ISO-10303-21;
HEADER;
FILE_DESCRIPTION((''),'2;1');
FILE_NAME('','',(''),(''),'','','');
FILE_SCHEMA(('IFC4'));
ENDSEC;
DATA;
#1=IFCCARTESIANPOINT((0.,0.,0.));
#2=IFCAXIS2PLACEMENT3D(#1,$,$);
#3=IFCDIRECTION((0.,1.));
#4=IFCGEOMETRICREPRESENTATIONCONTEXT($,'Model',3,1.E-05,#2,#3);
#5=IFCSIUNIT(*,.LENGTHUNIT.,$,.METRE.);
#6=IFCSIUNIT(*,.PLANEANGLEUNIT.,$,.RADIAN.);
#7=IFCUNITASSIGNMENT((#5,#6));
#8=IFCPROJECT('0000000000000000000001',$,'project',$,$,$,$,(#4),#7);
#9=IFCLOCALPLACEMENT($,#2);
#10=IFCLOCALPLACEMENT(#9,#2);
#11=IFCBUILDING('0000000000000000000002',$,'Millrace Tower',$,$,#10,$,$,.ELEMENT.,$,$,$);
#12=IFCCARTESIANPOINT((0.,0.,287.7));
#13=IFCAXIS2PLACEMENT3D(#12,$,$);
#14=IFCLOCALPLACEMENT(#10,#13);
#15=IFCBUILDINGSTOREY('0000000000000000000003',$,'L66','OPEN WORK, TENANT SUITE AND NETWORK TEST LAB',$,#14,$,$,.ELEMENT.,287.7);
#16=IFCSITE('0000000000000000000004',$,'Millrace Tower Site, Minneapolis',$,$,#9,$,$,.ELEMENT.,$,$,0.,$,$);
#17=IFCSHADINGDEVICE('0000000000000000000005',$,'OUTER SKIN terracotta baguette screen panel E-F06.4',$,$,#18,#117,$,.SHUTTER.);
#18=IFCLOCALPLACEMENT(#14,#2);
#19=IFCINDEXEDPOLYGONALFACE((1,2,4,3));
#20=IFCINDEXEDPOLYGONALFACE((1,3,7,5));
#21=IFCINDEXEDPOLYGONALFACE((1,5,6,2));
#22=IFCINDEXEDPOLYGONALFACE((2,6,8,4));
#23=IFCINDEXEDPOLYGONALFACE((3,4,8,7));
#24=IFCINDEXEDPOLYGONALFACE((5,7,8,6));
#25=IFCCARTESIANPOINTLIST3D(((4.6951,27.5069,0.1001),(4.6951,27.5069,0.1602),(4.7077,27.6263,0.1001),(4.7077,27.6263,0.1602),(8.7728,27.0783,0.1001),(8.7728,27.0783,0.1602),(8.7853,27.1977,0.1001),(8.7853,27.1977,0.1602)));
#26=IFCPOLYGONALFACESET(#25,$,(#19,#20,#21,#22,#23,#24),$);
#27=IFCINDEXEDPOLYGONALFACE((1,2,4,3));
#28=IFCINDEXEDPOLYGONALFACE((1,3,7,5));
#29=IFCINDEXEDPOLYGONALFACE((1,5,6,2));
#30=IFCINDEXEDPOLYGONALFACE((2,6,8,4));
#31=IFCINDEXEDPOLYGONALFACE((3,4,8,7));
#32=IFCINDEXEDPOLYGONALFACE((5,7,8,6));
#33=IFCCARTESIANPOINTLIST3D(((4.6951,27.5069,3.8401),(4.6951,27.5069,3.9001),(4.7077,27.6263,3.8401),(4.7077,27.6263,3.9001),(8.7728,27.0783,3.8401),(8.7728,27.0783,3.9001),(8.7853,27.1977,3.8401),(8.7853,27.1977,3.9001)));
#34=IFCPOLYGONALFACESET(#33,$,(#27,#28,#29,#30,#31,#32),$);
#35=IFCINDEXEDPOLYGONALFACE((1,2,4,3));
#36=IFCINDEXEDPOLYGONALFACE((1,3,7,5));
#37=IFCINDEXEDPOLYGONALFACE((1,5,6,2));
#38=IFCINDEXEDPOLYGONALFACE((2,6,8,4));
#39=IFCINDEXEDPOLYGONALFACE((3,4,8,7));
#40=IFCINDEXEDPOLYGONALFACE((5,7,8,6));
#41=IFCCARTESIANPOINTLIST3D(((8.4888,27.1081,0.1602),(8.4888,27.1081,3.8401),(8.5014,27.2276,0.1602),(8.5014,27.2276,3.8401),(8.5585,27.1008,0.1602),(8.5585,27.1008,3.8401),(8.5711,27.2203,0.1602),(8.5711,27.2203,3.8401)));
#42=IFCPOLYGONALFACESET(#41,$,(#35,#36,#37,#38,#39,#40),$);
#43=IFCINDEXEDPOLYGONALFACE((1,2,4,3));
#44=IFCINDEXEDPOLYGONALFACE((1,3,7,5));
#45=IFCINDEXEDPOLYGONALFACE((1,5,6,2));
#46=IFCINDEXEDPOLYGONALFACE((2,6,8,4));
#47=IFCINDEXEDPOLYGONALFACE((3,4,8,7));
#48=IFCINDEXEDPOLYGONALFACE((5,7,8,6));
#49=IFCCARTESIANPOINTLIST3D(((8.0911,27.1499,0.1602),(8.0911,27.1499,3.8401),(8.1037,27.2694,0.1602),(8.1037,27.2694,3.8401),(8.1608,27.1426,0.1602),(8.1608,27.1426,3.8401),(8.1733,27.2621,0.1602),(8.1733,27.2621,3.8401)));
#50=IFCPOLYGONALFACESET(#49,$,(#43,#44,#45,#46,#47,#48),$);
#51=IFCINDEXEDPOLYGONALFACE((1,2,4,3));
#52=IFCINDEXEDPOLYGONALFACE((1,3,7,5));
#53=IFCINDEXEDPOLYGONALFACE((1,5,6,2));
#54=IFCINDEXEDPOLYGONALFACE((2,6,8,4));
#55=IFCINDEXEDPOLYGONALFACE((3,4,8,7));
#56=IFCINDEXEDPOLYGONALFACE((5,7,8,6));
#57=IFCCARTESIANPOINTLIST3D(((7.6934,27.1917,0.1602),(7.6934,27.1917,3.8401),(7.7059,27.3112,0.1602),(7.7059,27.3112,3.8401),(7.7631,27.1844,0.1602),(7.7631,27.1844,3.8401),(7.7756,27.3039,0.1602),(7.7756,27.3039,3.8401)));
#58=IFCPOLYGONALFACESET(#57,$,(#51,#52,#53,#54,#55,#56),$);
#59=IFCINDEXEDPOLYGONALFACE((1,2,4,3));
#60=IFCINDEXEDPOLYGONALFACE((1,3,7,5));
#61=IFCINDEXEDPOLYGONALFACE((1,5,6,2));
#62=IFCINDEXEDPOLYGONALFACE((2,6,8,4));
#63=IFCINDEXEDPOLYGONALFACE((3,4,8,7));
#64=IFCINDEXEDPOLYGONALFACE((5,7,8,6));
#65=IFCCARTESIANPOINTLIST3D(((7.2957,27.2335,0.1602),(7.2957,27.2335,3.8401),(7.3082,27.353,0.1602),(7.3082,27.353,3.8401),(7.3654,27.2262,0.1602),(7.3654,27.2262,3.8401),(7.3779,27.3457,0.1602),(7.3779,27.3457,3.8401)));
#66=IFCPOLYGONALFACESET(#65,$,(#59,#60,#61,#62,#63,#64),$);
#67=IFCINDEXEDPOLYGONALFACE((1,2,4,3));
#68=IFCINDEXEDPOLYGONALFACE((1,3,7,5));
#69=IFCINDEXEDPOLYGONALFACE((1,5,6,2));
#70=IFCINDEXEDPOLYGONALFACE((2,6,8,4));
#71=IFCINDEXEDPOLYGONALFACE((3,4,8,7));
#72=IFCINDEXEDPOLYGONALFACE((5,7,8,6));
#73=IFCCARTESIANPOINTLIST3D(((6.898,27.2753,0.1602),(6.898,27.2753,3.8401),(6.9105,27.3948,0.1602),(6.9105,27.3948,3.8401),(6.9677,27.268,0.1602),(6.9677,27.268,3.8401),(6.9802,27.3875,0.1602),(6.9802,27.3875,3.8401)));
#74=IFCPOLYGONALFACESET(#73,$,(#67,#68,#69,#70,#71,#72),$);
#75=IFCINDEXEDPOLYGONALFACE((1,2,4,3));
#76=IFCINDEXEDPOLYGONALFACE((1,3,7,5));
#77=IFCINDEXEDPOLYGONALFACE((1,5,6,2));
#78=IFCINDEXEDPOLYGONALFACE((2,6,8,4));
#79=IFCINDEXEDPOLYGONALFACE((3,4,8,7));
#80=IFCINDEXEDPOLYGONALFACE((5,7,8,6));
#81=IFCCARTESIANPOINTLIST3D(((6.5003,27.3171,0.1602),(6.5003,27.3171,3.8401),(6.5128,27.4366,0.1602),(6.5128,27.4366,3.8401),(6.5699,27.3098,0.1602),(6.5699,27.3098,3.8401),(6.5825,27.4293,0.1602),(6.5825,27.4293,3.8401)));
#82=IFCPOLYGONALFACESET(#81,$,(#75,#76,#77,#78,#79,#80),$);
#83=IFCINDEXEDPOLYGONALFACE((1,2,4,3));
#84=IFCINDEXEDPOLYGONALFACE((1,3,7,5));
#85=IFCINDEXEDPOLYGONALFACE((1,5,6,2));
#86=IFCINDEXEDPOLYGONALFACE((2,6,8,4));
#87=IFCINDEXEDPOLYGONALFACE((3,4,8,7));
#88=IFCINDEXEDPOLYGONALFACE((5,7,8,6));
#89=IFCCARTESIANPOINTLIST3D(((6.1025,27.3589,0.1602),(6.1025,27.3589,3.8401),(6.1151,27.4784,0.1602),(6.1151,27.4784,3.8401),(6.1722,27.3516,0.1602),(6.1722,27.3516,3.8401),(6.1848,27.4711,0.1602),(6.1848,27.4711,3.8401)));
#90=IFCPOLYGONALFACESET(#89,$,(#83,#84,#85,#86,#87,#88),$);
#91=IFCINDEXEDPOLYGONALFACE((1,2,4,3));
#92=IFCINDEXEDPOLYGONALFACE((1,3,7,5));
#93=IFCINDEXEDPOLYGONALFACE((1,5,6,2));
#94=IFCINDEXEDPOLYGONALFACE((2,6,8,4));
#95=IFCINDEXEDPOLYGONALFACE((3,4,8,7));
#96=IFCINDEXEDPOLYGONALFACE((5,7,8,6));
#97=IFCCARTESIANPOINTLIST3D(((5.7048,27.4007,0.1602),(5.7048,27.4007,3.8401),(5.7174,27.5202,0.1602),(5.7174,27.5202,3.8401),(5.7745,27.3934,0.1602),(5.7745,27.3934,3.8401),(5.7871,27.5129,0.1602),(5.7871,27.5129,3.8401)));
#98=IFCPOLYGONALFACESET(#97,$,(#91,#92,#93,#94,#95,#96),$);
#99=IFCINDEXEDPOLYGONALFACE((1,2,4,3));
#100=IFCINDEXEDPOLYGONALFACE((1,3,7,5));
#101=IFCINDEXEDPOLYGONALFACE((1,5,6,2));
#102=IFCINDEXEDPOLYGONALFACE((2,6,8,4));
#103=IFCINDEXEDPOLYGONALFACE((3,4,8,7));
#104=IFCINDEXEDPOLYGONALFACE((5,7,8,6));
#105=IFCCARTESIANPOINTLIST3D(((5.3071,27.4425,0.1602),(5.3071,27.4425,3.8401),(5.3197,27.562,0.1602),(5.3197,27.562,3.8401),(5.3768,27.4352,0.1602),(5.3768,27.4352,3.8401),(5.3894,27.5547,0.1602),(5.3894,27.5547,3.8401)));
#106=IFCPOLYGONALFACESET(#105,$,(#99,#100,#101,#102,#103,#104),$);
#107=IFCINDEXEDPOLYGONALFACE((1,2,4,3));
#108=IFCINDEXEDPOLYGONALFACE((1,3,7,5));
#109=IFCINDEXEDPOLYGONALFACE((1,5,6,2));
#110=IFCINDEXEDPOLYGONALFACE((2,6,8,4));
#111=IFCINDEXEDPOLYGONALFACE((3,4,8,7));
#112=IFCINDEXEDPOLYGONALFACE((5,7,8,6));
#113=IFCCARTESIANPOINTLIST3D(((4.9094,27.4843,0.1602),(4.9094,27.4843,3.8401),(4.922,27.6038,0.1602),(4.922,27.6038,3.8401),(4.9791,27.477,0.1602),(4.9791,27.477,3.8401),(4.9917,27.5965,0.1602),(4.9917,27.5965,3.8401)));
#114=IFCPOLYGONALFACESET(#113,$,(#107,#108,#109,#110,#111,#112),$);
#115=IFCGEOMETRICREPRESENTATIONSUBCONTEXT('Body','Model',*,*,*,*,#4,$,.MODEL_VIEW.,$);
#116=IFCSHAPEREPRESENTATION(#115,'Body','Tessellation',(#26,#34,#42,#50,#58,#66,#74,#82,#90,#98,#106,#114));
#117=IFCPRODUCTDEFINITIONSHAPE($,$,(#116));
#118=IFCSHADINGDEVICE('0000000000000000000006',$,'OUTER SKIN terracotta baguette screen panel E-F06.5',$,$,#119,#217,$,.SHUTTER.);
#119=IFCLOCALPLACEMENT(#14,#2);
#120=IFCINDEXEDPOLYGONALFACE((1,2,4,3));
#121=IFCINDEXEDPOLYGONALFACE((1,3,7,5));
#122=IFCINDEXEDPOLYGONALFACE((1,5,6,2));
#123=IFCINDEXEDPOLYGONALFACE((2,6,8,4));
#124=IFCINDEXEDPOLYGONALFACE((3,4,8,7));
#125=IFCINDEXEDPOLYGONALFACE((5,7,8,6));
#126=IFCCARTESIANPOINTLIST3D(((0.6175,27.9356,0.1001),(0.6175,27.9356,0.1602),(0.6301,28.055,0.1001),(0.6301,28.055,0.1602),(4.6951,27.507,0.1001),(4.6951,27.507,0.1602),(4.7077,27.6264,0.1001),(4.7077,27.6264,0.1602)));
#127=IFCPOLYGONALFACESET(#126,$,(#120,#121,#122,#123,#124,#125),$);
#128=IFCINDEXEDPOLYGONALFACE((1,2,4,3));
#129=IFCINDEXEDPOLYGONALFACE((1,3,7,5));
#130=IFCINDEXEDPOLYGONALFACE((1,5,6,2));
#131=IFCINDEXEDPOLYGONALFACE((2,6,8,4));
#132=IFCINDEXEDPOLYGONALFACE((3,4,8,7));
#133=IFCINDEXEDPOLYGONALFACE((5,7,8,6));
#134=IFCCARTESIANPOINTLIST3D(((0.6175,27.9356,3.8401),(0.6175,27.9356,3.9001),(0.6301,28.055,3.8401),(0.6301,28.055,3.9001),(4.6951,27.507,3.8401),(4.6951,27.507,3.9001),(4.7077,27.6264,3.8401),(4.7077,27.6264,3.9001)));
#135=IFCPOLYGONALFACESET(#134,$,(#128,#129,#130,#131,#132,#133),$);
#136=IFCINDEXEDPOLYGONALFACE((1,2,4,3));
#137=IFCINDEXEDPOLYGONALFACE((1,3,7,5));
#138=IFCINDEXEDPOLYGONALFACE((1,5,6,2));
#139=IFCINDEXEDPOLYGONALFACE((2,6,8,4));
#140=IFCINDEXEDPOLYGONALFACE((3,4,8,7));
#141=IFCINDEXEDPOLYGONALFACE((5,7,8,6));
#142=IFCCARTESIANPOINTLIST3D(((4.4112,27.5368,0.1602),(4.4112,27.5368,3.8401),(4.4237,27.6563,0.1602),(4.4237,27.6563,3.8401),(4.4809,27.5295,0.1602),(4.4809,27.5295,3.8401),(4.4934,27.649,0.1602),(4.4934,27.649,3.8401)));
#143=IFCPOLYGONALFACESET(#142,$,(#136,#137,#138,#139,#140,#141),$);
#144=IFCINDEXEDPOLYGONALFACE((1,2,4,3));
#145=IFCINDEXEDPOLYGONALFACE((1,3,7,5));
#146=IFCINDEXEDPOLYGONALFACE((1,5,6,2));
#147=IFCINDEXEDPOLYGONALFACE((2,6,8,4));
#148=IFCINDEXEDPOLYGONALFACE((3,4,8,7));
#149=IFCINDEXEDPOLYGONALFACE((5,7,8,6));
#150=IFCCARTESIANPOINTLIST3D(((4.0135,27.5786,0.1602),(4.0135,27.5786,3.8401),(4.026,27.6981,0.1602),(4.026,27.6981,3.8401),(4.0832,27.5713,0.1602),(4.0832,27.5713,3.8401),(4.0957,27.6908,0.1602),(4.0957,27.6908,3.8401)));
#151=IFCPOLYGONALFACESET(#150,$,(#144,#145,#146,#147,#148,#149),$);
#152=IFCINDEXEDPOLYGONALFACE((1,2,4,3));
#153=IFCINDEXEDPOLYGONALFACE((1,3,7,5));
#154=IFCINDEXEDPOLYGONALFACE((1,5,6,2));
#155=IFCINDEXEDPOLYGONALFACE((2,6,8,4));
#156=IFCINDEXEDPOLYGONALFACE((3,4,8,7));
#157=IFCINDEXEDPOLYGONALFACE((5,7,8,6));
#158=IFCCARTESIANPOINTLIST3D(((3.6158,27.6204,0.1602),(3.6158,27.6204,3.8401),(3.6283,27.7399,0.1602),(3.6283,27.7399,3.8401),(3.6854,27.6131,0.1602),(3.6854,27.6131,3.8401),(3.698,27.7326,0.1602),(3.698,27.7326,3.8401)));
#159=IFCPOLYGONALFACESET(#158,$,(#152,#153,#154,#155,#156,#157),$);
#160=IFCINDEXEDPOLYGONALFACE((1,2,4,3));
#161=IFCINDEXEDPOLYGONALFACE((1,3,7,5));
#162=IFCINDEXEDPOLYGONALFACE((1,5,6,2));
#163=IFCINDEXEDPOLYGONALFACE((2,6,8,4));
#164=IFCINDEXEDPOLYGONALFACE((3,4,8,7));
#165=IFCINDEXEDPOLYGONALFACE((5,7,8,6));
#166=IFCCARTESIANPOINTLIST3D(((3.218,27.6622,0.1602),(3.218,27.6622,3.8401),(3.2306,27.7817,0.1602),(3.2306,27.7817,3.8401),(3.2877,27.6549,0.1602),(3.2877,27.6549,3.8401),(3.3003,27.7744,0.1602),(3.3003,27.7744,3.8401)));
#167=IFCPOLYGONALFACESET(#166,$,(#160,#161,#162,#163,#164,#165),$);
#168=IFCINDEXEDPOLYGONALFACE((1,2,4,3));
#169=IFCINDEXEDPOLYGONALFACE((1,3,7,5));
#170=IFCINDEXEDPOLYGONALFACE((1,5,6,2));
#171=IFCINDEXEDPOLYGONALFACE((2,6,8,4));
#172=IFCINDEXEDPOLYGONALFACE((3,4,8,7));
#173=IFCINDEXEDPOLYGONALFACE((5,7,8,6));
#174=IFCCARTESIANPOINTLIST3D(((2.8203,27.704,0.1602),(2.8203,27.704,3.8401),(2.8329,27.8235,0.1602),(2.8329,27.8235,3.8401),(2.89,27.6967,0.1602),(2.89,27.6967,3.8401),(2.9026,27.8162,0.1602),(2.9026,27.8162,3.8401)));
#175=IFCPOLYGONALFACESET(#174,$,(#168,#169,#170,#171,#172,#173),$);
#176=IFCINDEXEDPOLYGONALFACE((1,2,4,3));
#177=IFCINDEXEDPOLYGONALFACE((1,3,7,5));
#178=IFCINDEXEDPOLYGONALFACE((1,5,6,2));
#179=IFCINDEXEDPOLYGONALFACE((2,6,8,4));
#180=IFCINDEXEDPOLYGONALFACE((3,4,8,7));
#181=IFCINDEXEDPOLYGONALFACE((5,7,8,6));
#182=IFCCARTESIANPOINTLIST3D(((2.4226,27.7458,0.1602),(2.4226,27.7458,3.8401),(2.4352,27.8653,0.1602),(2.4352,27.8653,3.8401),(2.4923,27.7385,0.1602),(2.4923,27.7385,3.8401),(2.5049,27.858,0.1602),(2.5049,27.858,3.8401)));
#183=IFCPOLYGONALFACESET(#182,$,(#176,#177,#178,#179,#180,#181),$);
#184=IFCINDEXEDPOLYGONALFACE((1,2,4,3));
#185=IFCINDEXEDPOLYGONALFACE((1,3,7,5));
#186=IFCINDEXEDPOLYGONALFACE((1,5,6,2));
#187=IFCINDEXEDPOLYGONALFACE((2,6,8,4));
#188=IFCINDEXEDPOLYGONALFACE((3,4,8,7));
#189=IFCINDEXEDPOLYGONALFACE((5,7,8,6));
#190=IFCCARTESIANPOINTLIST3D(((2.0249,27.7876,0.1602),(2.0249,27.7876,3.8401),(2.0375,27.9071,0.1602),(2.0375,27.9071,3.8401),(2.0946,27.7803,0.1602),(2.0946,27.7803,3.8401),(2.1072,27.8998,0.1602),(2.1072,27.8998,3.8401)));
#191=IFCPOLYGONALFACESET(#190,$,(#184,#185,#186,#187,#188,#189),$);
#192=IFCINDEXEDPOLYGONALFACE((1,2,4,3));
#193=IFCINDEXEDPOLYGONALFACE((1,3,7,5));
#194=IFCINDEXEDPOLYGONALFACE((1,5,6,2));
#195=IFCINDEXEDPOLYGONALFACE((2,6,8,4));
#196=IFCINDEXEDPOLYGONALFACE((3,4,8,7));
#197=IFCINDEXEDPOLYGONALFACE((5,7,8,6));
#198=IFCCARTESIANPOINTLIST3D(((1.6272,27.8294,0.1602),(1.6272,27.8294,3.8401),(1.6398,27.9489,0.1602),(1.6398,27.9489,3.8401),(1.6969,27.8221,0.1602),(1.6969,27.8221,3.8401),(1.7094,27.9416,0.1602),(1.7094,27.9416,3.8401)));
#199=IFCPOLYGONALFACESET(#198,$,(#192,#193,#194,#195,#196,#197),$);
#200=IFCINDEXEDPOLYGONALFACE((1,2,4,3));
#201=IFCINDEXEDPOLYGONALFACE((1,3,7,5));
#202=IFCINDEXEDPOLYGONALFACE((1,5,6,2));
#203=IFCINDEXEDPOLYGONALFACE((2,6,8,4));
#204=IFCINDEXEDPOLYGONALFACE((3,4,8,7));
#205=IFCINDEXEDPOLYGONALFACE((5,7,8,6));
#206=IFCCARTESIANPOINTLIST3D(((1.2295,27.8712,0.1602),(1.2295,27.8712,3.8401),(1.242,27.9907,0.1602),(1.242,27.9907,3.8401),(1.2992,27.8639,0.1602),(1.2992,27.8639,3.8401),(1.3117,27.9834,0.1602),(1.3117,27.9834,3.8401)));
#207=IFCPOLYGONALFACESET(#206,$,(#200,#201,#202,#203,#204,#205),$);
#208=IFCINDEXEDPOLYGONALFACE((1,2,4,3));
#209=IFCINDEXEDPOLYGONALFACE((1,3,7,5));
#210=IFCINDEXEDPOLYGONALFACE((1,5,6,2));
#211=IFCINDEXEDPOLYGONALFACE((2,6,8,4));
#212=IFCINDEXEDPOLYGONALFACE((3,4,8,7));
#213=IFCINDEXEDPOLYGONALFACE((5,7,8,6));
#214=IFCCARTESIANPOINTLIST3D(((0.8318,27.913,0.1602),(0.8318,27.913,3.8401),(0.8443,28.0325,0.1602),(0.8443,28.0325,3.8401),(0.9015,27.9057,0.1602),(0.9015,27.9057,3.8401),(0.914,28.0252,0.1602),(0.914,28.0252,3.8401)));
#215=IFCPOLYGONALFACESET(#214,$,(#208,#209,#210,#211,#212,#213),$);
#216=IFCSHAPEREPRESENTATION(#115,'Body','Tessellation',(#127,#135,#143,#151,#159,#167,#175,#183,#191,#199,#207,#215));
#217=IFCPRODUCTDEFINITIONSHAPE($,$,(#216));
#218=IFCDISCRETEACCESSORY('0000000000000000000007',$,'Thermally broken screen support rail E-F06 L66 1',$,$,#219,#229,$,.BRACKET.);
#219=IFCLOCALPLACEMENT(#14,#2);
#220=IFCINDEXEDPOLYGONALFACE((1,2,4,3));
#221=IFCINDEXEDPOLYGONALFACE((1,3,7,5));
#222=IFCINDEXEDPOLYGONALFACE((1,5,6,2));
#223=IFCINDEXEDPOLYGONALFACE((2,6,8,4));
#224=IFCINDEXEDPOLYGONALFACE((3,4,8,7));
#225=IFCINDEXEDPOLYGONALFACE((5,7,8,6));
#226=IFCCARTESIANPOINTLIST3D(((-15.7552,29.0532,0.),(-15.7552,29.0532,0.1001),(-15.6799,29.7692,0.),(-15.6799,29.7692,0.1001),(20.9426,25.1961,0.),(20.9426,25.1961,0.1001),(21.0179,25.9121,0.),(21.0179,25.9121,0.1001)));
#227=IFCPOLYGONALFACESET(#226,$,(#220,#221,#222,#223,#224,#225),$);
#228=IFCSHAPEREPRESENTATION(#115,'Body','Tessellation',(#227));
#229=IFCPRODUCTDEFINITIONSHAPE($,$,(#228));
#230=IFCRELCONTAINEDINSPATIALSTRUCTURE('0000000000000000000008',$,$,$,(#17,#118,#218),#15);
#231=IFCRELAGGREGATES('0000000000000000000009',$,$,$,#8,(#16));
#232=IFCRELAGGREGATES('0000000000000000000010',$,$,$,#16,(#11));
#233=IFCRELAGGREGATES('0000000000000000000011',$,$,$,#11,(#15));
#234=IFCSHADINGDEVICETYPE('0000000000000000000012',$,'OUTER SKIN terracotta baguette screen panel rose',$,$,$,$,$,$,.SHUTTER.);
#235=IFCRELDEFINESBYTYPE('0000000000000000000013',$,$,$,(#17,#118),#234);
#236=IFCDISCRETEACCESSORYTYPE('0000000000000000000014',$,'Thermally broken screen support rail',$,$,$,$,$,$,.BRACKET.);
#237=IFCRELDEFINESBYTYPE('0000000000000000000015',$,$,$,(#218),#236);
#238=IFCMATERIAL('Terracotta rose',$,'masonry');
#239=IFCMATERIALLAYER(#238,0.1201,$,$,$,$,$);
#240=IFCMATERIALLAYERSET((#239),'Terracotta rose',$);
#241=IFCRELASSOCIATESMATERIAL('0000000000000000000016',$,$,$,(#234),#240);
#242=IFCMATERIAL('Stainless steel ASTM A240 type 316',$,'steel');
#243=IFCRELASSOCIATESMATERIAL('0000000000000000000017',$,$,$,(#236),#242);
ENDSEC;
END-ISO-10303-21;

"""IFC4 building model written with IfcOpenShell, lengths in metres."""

from ifc_helpers import new_model, entity, si_unit, direction, frame, frame_2d, origin, origin_2d, place, context, subcontext, project, spatial, rectangle, extrude, source, transform, mapped, material, layer, layer_set, type_object, element, save


model = new_model("IFC4")

# Units and contexts
model_context = context("Model", 3, precision=1e-05, world=origin(), true_north=direction((0.0, 1.0)))
body_context = subcontext(model_context, "Body", "Model", "MODEL_VIEW")
ifc_project = project(units=[si_unit("LENGTHUNIT", "METRE"), si_unit("PLANEANGLEUNIT", "RADIAN")], contexts=[model_context])

# Site, building, storey
site_placement = place(None, origin())
site = spatial("IfcSite", under=ifc_project, at=site_placement, Name="Millrace Tower Site, Minneapolis", CompositionType="ELEMENT", RefElevation=0.0)
building_placement = place(site_placement, origin())
building = spatial("IfcBuilding", under=site, at=building_placement, Name="Millrace Tower", CompositionType="ELEMENT")
storey_placement = place(building_placement, frame((0.0, 0.0, 287.7)))
storey = spatial("IfcBuildingStorey", under=building, at=storey_placement, Name="L66", Description="OPEN WORK, TENANT SUITE AND NETWORK TEST LAB", CompositionType="ELEMENT", Elevation=287.7)

# Shading devices
ifc_material_1 = material(Name="Terracotta rose", Category="masonry")
ifc_layer_1 = layer(ifc_material_1, 0.1201)
ifc_layer_set_1 = layer_set([ifc_layer_1], Name="Terracotta rose")
shading_device_type = type_object("IfcShadingDeviceType", Name="OUTER SKIN terracotta baguette screen panel rose", PredefinedType="SHUTTER", material=ifc_layer_set_1)
cartesian_point = entity("IfcCartesianPoint", [-2.05, 0.0601])
shared_polyline = entity("IfcPolyline", [cartesian_point, entity("IfcCartesianPoint", [2.05, 0.0601]), entity("IfcCartesianPoint", [2.05, -0.0601]), entity("IfcCartesianPoint", [-2.05, -0.0601]), cartesian_point])
shared_shape = source(origin(), body_context, "Body", "SweptSolid", [
    entity("IfcExtrudedAreaSolid", entity("IfcArbitraryClosedProfileDef", "AREA", None, shared_polyline), entity("IfcAxis2Placement3D", entity("IfcCartesianPoint", [0.0, 0.0, 0.0])), entity("IfcDirection", [0.0, 0.0, 1.0]), 0.0601),
    entity("IfcExtrudedAreaSolid", entity("IfcArbitraryClosedProfileDef", "AREA", None, shared_polyline), entity("IfcAxis2Placement3D", entity("IfcCartesianPoint", [0.0, 0.0, 3.74])), entity("IfcDirection", [0.0, 0.0, 1.0]), 0.0601),
    extrude(rectangle(XDim=0.0701, YDim=0.1201, at=frame_2d((-1.7996, 0.0))), frame((0.0, 0.0, 0.0601)), (0.0, 0.0, 1.0), 3.6799),
    extrude(rectangle(XDim=0.0701, YDim=0.1201, at=frame_2d((-1.3997, 0.0))), frame((0.0, 0.0, 0.0601)), (0.0, 0.0, 1.0), 3.6799),
    extrude(rectangle(XDim=0.0701, YDim=0.1201, at=frame_2d((-0.9998, 0.0))), frame((0.0, 0.0, 0.0601)), (0.0, 0.0, 1.0), 3.6799),
    extrude(rectangle(XDim=0.0701, YDim=0.1201, at=frame_2d((-0.5999, 0.0))), frame((0.0, 0.0, 0.0601)), (0.0, 0.0, 1.0), 3.6799),
    extrude(rectangle(XDim=0.0701, YDim=0.1201, at=frame_2d((-0.2, 0.0))), frame((0.0, 0.0, 0.0601)), (0.0, 0.0, 1.0), 3.6799),
    extrude(rectangle(XDim=0.0701, YDim=0.1201, at=frame_2d((0.2, 0.0))), frame((0.0, 0.0, 0.0601)), (0.0, 0.0, 1.0), 3.6799),
    extrude(rectangle(XDim=0.0701, YDim=0.1201, at=frame_2d((0.5999, 0.0))), frame((0.0, 0.0, 0.0601)), (0.0, 0.0, 1.0), 3.6799),
    extrude(rectangle(XDim=0.0701, YDim=0.1201, at=frame_2d((0.9998, 0.0))), frame((0.0, 0.0, 0.0601)), (0.0, 0.0, 1.0), 3.6799),
    extrude(rectangle(XDim=0.0701, YDim=0.1201, at=frame_2d((1.3997, 0.0))), frame((0.0, 0.0, 0.0601)), (0.0, 0.0, 1.0), 3.6799),
    extrude(rectangle(XDim=0.0701, YDim=0.1201, at=frame_2d((1.7996, 0.0))), frame((0.0, 0.0, 0.0601)), (0.0, 0.0, 1.0), 3.6799),
])
for number, where, z_axis, x_axis, name in (
    (1, (6.7402, 27.3523, 0.1001), (0.0, 0.0, 1.0), (-0.994522, 0.104528, 0.0), "OUTER SKIN terracotta baguette screen panel E-F06.4"),
    (2, (2.6626, 27.781, 0.1001), (0.0, 0.0, 1.0), (-0.994522, 0.104528, 0.0), "OUTER SKIN terracotta baguette screen panel E-F06.5"),
):
    element("IfcShadingDevice", number, at=place(storey_placement, frame(where, z_axis=z_axis, x_axis=x_axis)), inside=storey, type_object=shading_device_type, Name=name, PredefinedType="SHUTTER", context=body_context, shape_type="MappedRepresentation", body=[
        mapped(shared_shape, transform((0.0, 0.0, 0.0), scale=1.0)),
    ])

# Discrete accessory
ifc_material_2 = material(Name="Stainless steel ASTM A240 type 316", Category="steel")
discrete_accessory_type = type_object("IfcDiscreteAccessoryType", Name="Thermally broken screen support rail", PredefinedType="BRACKET", material=ifc_material_2)
discrete_accessory_placement = place(storey_placement, frame((2.6313, 27.4827, 0.0), z_axis=(0.0, 0.0, 1.0), x_axis=(-0.994522, 0.104528, 0.0)))
element("IfcDiscreteAccessory", 3, at=discrete_accessory_placement, inside=storey, type_object=discrete_accessory_type, Name="Thermally broken screen support rail E-F06 L66 1", PredefinedType="BRACKET", context=body_context, shape_type="SweptSolid", body=[
    extrude(rectangle(XDim=36.8999, YDim=0.72, at=origin_2d()), origin(), (0.0, 0.0, 1.0), 0.1001),
])

save(model, "model.ifc")
